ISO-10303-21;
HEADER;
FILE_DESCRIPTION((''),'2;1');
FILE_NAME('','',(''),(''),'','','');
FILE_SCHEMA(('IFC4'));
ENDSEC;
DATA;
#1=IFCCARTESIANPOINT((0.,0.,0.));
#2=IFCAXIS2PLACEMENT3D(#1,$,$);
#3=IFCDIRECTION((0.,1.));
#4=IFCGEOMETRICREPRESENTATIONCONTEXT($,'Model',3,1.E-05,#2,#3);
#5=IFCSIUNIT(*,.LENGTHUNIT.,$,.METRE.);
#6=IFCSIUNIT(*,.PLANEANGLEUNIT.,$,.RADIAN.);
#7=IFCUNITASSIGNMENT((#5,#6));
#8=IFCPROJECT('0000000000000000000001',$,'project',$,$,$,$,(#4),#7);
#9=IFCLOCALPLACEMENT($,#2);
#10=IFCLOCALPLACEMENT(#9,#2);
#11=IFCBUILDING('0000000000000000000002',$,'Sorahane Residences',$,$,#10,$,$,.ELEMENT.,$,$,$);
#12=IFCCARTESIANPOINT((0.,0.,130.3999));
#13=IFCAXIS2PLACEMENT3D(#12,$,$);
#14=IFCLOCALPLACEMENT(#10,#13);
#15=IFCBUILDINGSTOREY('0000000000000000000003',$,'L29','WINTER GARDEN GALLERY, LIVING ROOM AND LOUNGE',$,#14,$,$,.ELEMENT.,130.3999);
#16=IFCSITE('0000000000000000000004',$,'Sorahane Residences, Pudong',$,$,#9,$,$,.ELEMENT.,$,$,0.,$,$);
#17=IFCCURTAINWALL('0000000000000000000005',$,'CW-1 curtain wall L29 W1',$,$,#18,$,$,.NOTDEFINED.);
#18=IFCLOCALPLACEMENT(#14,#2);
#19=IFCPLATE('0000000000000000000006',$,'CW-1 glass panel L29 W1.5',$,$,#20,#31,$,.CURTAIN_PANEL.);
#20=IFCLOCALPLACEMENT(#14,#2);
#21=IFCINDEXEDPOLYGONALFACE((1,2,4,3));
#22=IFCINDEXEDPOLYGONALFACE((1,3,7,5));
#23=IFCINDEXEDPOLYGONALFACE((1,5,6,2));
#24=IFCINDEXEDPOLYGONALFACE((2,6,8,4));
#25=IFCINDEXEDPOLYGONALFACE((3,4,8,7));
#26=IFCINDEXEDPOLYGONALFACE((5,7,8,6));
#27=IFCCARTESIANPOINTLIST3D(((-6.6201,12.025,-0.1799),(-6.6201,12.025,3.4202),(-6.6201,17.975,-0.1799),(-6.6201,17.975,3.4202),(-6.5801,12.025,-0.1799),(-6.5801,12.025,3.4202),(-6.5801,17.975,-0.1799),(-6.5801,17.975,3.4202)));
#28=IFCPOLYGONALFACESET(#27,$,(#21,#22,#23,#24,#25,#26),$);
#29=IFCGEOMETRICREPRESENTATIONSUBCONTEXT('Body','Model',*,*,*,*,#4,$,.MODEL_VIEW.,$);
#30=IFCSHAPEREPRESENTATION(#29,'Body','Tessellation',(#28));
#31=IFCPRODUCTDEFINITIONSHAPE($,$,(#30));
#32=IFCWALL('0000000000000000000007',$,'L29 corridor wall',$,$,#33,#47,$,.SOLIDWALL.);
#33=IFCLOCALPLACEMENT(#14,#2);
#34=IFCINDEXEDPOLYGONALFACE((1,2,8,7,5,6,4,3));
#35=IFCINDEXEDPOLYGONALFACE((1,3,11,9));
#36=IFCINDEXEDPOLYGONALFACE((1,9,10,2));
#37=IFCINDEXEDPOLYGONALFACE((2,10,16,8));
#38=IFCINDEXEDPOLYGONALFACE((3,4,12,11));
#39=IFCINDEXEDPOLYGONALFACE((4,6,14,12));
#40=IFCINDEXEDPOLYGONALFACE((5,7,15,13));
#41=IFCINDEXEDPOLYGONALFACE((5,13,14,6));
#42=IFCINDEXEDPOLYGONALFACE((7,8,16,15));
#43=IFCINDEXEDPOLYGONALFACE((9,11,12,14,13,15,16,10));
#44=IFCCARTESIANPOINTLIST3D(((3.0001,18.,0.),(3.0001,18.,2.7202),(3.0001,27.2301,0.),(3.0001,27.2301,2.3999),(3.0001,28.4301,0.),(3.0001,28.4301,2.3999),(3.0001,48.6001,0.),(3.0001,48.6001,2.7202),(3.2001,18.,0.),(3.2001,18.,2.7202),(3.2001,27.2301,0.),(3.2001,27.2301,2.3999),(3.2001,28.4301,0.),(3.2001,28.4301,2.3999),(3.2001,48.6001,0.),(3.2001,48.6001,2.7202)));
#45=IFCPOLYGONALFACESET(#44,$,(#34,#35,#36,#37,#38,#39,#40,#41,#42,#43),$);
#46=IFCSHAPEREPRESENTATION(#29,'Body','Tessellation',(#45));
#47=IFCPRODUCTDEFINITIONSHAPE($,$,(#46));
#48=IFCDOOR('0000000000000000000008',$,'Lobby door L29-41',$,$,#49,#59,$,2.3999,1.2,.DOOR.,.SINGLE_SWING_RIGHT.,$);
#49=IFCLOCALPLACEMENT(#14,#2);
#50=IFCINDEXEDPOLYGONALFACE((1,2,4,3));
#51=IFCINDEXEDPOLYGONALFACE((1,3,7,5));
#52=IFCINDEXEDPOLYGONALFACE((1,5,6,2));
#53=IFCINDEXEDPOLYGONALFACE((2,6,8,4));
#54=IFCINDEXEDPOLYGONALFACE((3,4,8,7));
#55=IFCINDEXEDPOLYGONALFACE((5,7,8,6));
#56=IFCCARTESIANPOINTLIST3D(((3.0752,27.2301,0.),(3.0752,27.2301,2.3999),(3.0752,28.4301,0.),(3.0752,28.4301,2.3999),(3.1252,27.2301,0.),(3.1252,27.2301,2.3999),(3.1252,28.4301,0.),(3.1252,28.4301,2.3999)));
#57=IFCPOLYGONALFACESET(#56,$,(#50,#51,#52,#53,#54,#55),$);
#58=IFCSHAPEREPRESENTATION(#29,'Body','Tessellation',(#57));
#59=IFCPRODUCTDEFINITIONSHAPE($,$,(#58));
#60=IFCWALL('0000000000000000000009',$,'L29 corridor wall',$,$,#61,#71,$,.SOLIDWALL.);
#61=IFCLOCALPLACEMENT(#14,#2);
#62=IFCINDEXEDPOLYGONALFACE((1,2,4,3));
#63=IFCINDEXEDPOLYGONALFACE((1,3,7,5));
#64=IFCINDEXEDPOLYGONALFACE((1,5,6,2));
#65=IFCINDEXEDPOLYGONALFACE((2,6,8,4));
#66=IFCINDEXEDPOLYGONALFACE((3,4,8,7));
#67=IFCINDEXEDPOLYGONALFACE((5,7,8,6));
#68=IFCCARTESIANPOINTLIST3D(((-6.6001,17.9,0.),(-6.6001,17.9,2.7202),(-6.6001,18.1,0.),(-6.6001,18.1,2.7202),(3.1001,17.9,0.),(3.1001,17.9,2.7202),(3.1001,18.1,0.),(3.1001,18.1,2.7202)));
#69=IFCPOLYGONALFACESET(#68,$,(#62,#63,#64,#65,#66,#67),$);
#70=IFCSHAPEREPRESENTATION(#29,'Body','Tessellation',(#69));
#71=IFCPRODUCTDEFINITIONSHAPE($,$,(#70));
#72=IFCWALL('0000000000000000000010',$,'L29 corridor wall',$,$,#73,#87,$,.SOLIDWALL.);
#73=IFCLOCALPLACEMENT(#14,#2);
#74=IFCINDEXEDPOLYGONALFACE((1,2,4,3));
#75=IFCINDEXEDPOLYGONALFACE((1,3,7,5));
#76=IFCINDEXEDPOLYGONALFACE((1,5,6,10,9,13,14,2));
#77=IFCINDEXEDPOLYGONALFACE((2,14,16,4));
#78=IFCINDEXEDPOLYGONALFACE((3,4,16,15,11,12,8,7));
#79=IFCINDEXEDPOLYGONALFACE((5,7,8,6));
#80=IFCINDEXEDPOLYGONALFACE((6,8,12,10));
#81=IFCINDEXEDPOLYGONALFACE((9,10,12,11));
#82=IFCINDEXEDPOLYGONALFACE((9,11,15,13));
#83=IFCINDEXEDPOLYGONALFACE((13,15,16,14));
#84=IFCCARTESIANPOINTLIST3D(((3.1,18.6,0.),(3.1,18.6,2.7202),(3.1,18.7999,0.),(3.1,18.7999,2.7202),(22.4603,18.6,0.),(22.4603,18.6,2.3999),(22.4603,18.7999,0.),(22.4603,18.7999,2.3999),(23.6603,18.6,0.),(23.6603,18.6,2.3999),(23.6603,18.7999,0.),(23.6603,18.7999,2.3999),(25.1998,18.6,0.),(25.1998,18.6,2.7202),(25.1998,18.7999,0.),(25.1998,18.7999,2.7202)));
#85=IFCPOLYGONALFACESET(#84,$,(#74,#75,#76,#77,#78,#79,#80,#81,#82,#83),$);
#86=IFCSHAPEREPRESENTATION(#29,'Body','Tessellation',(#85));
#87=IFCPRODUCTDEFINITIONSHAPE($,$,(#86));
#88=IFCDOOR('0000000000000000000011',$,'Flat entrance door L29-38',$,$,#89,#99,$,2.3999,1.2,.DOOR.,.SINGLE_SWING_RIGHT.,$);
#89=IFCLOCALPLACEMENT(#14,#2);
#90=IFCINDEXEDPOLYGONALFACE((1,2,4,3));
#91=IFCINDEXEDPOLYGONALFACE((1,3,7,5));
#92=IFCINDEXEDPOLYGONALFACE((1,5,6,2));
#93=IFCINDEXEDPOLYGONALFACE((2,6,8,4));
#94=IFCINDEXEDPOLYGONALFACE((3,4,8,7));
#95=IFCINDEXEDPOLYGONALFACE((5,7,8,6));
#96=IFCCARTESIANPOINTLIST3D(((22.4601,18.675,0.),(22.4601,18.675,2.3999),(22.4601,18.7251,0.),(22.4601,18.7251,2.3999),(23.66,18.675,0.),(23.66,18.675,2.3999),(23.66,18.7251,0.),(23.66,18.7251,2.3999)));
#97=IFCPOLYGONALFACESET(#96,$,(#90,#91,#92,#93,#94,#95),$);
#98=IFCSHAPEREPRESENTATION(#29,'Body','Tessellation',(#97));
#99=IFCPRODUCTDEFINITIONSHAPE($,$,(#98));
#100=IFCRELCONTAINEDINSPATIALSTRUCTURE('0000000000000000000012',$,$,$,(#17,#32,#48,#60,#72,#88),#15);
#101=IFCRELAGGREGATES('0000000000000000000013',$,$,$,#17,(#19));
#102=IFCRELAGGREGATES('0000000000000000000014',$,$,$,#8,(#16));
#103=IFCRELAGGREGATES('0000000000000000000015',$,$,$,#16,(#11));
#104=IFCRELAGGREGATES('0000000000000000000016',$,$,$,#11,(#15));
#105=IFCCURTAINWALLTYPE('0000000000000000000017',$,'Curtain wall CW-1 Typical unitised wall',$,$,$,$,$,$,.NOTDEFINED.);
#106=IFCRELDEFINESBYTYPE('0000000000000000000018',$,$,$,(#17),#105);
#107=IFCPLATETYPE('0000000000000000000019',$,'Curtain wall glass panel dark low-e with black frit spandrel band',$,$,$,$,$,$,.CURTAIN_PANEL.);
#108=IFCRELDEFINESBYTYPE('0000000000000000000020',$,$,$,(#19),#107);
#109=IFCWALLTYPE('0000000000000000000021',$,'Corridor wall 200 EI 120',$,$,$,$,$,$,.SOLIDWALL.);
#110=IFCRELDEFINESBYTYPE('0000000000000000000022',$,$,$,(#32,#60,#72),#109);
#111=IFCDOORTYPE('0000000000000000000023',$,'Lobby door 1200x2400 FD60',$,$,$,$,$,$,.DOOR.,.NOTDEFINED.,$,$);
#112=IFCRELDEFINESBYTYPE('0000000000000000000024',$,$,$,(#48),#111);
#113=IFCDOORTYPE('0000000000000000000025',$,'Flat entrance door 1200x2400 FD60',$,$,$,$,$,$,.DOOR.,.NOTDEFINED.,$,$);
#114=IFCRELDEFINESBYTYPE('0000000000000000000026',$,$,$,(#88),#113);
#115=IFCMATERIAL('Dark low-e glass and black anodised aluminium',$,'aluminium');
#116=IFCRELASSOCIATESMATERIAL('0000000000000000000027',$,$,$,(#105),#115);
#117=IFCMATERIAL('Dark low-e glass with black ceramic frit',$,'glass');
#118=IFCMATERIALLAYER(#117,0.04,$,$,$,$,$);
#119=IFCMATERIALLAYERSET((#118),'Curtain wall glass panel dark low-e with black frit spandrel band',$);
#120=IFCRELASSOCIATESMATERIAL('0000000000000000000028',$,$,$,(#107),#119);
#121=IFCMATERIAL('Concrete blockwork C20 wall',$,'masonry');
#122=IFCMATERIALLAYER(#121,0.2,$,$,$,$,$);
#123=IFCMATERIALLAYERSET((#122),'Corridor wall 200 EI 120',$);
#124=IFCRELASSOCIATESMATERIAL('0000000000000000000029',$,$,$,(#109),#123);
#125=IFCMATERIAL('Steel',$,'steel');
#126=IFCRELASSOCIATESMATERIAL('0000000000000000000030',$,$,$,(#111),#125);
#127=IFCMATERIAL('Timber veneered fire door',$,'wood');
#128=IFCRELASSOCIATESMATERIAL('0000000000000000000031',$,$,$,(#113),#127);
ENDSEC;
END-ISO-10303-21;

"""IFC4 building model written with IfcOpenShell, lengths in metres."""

from ifc_helpers import new_model, si_unit, direction, frame, frame_2d, origin, origin_2d, place, context, subcontext, project, spatial, rectangle, extrude, material, layer, layer_set, type_object, element, fill, aggregate, save


model = new_model("IFC4")

# Units and contexts
model_context = context("Model", 3, precision=1e-05, world=origin(), true_north=direction((0.0, 1.0)))
body_context = subcontext(model_context, "Body", "Model", "MODEL_VIEW")
ifc_project = project(units=[si_unit("LENGTHUNIT", "METRE"), si_unit("PLANEANGLEUNIT", "RADIAN")], contexts=[model_context])

# Site, building, storey
site_placement = place(None, origin())
site = spatial("IfcSite", under=ifc_project, at=site_placement, Name="Sorahane Residences, Pudong", CompositionType="ELEMENT", RefElevation=0.0)
building_placement = place(site_placement, origin())
building = spatial("IfcBuilding", under=site, at=building_placement, Name="Sorahane Residences", CompositionType="ELEMENT")
storey_placement = place(building_placement, frame((0.0, 0.0, 130.3999)))
storey = spatial("IfcBuildingStorey", under=building, at=storey_placement, Name="L29", Description="WINTER GARDEN GALLERY, LIVING ROOM AND LOUNGE", CompositionType="ELEMENT", Elevation=130.3999)

# Curtain wall
ifc_material_1 = material(Name="Dark low-e glass and black anodised aluminium", Category="aluminium")
curtain_wall_type = type_object("IfcCurtainWallType", Name="Curtain wall CW-1 Typical unitised wall", PredefinedType="NOTDEFINED", material=ifc_material_1)
curtain_wall_placement = place(storey_placement, origin())
curtain_wall = element("IfcCurtainWall", 1, at=curtain_wall_placement, inside=storey, type_object=curtain_wall_type, Name="CW-1 curtain wall L29 W1", PredefinedType="NOTDEFINED")

# Plate
ifc_material_2 = material(Name="Dark low-e glass with black ceramic frit", Category="glass")
ifc_layer_1 = layer(ifc_material_2, 0.04)
ifc_layer_set_1 = layer_set([ifc_layer_1], Name="Curtain wall glass panel dark low-e with black frit spandrel band")
plate_type = type_object("IfcPlateType", Name="Curtain wall glass panel dark low-e with black frit spandrel band", PredefinedType="CURTAIN_PANEL", material=ifc_layer_set_1)
plate_1_placement = place(storey_placement, frame((-6.6001, 15.0, -0.1799), z_axis=(0.0, 0.0, 1.0), x_axis=(0.0, -1.0, 0.0)))
plate_1 = element("IfcPlate", 2, at=plate_1_placement, type_object=plate_type, Name="CW-1 glass panel L29 W1.5", PredefinedType="CURTAIN_PANEL", context=body_context, shape_type="SweptSolid", body=[
    extrude(rectangle(XDim=5.95, YDim=0.04, at=origin_2d()), origin(), (0.0, 0.0, 1.0), 3.6001),
])
aggregate(curtain_wall, [plate_1])

# Wall, opening, door
ifc_material_3 = material(Name="Concrete blockwork C20 wall", Category="masonry")
ifc_layer_2 = layer(ifc_material_3, 0.2)
ifc_layer_set_2 = layer_set([ifc_layer_2], Name="Corridor wall 200 EI 120")
wall_type_1 = type_object("IfcWallType", Name="Corridor wall 200 EI 120", PredefinedType="SOLIDWALL", material=ifc_layer_set_2)
wall_1_placement = place(storey_placement, frame((3.1001, 18.0, 0.0), z_axis=(0.0, 0.0, 1.0), x_axis=(0.0, 1.0, 0.0)))
wall_1 = element("IfcWall", 3, at=wall_1_placement, inside=storey, type_object=wall_type_1, Name="L29 corridor wall", PredefinedType="SOLIDWALL", context=body_context, shape_type="SweptSolid", body=[
    extrude(rectangle(XDim=30.6001, YDim=0.2, at=frame_2d((15.3, 0.0))), origin(), (0.0, 0.0, 1.0), 2.7202),
])
opening_1_placement = place(wall_1_placement, frame((9.23, 0.0, 0.0)))
opening_1 = element("IfcOpeningElement", 4, at=opening_1_placement, cuts=wall_1, PredefinedType="OPENING", context=body_context, shape_type="SweptSolid", body=[
    extrude(rectangle(XDim=1.2, YDim=2.3999, at=frame_2d((0.6001, 1.2))), frame((0.0, 0.1099, 0.0), z_axis=(0.0, -1.0, 0.0), x_axis=(1.0, 0.0, 0.0)), (0.0, 0.0, 1.0), 0.22),
])
ifc_material_4 = material(Name="Steel", Category="steel")
door_type_1 = type_object("IfcDoorType", Name="Lobby door 1200x2400 FD60", OperationType="NOTDEFINED", PredefinedType="DOOR", material=ifc_material_4)
door_1_placement = place(opening_1_placement, origin())
door_1 = element("IfcDoor", 5, at=door_1_placement, inside=storey, type_object=door_type_1, Name="Lobby door L29-41", OperationType="SINGLE_SWING_RIGHT", OverallHeight=2.3999, OverallWidth=1.2, PredefinedType="DOOR", context=body_context, shape_type="SweptSolid", body=[
    extrude(rectangle(XDim=1.2, YDim=2.3999, at=frame_2d((0.6001, 1.2))), frame((0.0, 0.0249, 0.0), z_axis=(0.0, -1.0, 0.0), x_axis=(1.0, 0.0, 0.0)), (0.0, 0.0, 1.0), 0.05),
])
fill(opening_1, door_1)

# Wall
wall_2_placement = place(storey_placement, frame((-6.6001, 18.0, 0.0), z_axis=(0.0, 0.0, 1.0), x_axis=(1.0, 0.0, 0.0)))
element("IfcWall", 6, at=wall_2_placement, inside=storey, type_object=wall_type_1, Name="L29 corridor wall", PredefinedType="SOLIDWALL", context=body_context, shape_type="SweptSolid", body=[
    extrude(rectangle(XDim=9.7002, YDim=0.2, at=frame_2d((4.8501, 0.0))), origin(), (0.0, 0.0, 1.0), 2.7202),
])

# Wall, opening, door
wall_3_placement = place(storey_placement, frame((3.1001, 18.7, 0.0), z_axis=(0.0, 0.0, 1.0), x_axis=(1.0, 0.0, 0.0)))
wall_3 = element("IfcWall", 7, at=wall_3_placement, inside=storey, type_object=wall_type_1, Name="L29 corridor wall", PredefinedType="SOLIDWALL", context=body_context, shape_type="SweptSolid", body=[
    extrude(rectangle(XDim=22.0999, YDim=0.2, at=frame_2d((11.0498, 0.0))), origin(), (0.0, 0.0, 1.0), 2.7202),
])
opening_2_placement = place(wall_3_placement, frame((19.3601, 0.0, 0.0)))
opening_2 = element("IfcOpeningElement", 8, at=opening_2_placement, cuts=wall_3, PredefinedType="OPENING", context=body_context, shape_type="SweptSolid", body=[
    extrude(rectangle(XDim=1.2, YDim=2.3999, at=frame_2d((0.6001, 1.2))), frame((0.0, 0.1099, 0.0), z_axis=(0.0, -1.0, 0.0), x_axis=(1.0, 0.0, 0.0)), (0.0, 0.0, 1.0), 0.22),
])
ifc_material_5 = material(Name="Timber veneered fire door", Category="wood")
door_type_2 = type_object("IfcDoorType", Name="Flat entrance door 1200x2400 FD60", OperationType="NOTDEFINED", PredefinedType="DOOR", material=ifc_material_5)
door_2_placement = place(opening_2_placement, frame((1.2, 0.0, 0.0), z_axis=(0.0, 0.0, 1.0), x_axis=(-1.0, 0.0, 0.0)))
door_2 = element("IfcDoor", 9, at=door_2_placement, inside=storey, type_object=door_type_2, Name="Flat entrance door L29-38", OperationType="SINGLE_SWING_RIGHT", OverallHeight=2.3999, OverallWidth=1.2, PredefinedType="DOOR", context=body_context, shape_type="SweptSolid", body=[
    extrude(rectangle(XDim=1.2, YDim=2.3999, at=frame_2d((0.6001, 1.2))), frame((0.0, 0.0249, 0.0), z_axis=(0.0, -1.0, 0.0), x_axis=(1.0, 0.0, 0.0)), (0.0, 0.0, 1.0), 0.05),
])
fill(opening_2, door_2)

save(model, "model.ifc")
